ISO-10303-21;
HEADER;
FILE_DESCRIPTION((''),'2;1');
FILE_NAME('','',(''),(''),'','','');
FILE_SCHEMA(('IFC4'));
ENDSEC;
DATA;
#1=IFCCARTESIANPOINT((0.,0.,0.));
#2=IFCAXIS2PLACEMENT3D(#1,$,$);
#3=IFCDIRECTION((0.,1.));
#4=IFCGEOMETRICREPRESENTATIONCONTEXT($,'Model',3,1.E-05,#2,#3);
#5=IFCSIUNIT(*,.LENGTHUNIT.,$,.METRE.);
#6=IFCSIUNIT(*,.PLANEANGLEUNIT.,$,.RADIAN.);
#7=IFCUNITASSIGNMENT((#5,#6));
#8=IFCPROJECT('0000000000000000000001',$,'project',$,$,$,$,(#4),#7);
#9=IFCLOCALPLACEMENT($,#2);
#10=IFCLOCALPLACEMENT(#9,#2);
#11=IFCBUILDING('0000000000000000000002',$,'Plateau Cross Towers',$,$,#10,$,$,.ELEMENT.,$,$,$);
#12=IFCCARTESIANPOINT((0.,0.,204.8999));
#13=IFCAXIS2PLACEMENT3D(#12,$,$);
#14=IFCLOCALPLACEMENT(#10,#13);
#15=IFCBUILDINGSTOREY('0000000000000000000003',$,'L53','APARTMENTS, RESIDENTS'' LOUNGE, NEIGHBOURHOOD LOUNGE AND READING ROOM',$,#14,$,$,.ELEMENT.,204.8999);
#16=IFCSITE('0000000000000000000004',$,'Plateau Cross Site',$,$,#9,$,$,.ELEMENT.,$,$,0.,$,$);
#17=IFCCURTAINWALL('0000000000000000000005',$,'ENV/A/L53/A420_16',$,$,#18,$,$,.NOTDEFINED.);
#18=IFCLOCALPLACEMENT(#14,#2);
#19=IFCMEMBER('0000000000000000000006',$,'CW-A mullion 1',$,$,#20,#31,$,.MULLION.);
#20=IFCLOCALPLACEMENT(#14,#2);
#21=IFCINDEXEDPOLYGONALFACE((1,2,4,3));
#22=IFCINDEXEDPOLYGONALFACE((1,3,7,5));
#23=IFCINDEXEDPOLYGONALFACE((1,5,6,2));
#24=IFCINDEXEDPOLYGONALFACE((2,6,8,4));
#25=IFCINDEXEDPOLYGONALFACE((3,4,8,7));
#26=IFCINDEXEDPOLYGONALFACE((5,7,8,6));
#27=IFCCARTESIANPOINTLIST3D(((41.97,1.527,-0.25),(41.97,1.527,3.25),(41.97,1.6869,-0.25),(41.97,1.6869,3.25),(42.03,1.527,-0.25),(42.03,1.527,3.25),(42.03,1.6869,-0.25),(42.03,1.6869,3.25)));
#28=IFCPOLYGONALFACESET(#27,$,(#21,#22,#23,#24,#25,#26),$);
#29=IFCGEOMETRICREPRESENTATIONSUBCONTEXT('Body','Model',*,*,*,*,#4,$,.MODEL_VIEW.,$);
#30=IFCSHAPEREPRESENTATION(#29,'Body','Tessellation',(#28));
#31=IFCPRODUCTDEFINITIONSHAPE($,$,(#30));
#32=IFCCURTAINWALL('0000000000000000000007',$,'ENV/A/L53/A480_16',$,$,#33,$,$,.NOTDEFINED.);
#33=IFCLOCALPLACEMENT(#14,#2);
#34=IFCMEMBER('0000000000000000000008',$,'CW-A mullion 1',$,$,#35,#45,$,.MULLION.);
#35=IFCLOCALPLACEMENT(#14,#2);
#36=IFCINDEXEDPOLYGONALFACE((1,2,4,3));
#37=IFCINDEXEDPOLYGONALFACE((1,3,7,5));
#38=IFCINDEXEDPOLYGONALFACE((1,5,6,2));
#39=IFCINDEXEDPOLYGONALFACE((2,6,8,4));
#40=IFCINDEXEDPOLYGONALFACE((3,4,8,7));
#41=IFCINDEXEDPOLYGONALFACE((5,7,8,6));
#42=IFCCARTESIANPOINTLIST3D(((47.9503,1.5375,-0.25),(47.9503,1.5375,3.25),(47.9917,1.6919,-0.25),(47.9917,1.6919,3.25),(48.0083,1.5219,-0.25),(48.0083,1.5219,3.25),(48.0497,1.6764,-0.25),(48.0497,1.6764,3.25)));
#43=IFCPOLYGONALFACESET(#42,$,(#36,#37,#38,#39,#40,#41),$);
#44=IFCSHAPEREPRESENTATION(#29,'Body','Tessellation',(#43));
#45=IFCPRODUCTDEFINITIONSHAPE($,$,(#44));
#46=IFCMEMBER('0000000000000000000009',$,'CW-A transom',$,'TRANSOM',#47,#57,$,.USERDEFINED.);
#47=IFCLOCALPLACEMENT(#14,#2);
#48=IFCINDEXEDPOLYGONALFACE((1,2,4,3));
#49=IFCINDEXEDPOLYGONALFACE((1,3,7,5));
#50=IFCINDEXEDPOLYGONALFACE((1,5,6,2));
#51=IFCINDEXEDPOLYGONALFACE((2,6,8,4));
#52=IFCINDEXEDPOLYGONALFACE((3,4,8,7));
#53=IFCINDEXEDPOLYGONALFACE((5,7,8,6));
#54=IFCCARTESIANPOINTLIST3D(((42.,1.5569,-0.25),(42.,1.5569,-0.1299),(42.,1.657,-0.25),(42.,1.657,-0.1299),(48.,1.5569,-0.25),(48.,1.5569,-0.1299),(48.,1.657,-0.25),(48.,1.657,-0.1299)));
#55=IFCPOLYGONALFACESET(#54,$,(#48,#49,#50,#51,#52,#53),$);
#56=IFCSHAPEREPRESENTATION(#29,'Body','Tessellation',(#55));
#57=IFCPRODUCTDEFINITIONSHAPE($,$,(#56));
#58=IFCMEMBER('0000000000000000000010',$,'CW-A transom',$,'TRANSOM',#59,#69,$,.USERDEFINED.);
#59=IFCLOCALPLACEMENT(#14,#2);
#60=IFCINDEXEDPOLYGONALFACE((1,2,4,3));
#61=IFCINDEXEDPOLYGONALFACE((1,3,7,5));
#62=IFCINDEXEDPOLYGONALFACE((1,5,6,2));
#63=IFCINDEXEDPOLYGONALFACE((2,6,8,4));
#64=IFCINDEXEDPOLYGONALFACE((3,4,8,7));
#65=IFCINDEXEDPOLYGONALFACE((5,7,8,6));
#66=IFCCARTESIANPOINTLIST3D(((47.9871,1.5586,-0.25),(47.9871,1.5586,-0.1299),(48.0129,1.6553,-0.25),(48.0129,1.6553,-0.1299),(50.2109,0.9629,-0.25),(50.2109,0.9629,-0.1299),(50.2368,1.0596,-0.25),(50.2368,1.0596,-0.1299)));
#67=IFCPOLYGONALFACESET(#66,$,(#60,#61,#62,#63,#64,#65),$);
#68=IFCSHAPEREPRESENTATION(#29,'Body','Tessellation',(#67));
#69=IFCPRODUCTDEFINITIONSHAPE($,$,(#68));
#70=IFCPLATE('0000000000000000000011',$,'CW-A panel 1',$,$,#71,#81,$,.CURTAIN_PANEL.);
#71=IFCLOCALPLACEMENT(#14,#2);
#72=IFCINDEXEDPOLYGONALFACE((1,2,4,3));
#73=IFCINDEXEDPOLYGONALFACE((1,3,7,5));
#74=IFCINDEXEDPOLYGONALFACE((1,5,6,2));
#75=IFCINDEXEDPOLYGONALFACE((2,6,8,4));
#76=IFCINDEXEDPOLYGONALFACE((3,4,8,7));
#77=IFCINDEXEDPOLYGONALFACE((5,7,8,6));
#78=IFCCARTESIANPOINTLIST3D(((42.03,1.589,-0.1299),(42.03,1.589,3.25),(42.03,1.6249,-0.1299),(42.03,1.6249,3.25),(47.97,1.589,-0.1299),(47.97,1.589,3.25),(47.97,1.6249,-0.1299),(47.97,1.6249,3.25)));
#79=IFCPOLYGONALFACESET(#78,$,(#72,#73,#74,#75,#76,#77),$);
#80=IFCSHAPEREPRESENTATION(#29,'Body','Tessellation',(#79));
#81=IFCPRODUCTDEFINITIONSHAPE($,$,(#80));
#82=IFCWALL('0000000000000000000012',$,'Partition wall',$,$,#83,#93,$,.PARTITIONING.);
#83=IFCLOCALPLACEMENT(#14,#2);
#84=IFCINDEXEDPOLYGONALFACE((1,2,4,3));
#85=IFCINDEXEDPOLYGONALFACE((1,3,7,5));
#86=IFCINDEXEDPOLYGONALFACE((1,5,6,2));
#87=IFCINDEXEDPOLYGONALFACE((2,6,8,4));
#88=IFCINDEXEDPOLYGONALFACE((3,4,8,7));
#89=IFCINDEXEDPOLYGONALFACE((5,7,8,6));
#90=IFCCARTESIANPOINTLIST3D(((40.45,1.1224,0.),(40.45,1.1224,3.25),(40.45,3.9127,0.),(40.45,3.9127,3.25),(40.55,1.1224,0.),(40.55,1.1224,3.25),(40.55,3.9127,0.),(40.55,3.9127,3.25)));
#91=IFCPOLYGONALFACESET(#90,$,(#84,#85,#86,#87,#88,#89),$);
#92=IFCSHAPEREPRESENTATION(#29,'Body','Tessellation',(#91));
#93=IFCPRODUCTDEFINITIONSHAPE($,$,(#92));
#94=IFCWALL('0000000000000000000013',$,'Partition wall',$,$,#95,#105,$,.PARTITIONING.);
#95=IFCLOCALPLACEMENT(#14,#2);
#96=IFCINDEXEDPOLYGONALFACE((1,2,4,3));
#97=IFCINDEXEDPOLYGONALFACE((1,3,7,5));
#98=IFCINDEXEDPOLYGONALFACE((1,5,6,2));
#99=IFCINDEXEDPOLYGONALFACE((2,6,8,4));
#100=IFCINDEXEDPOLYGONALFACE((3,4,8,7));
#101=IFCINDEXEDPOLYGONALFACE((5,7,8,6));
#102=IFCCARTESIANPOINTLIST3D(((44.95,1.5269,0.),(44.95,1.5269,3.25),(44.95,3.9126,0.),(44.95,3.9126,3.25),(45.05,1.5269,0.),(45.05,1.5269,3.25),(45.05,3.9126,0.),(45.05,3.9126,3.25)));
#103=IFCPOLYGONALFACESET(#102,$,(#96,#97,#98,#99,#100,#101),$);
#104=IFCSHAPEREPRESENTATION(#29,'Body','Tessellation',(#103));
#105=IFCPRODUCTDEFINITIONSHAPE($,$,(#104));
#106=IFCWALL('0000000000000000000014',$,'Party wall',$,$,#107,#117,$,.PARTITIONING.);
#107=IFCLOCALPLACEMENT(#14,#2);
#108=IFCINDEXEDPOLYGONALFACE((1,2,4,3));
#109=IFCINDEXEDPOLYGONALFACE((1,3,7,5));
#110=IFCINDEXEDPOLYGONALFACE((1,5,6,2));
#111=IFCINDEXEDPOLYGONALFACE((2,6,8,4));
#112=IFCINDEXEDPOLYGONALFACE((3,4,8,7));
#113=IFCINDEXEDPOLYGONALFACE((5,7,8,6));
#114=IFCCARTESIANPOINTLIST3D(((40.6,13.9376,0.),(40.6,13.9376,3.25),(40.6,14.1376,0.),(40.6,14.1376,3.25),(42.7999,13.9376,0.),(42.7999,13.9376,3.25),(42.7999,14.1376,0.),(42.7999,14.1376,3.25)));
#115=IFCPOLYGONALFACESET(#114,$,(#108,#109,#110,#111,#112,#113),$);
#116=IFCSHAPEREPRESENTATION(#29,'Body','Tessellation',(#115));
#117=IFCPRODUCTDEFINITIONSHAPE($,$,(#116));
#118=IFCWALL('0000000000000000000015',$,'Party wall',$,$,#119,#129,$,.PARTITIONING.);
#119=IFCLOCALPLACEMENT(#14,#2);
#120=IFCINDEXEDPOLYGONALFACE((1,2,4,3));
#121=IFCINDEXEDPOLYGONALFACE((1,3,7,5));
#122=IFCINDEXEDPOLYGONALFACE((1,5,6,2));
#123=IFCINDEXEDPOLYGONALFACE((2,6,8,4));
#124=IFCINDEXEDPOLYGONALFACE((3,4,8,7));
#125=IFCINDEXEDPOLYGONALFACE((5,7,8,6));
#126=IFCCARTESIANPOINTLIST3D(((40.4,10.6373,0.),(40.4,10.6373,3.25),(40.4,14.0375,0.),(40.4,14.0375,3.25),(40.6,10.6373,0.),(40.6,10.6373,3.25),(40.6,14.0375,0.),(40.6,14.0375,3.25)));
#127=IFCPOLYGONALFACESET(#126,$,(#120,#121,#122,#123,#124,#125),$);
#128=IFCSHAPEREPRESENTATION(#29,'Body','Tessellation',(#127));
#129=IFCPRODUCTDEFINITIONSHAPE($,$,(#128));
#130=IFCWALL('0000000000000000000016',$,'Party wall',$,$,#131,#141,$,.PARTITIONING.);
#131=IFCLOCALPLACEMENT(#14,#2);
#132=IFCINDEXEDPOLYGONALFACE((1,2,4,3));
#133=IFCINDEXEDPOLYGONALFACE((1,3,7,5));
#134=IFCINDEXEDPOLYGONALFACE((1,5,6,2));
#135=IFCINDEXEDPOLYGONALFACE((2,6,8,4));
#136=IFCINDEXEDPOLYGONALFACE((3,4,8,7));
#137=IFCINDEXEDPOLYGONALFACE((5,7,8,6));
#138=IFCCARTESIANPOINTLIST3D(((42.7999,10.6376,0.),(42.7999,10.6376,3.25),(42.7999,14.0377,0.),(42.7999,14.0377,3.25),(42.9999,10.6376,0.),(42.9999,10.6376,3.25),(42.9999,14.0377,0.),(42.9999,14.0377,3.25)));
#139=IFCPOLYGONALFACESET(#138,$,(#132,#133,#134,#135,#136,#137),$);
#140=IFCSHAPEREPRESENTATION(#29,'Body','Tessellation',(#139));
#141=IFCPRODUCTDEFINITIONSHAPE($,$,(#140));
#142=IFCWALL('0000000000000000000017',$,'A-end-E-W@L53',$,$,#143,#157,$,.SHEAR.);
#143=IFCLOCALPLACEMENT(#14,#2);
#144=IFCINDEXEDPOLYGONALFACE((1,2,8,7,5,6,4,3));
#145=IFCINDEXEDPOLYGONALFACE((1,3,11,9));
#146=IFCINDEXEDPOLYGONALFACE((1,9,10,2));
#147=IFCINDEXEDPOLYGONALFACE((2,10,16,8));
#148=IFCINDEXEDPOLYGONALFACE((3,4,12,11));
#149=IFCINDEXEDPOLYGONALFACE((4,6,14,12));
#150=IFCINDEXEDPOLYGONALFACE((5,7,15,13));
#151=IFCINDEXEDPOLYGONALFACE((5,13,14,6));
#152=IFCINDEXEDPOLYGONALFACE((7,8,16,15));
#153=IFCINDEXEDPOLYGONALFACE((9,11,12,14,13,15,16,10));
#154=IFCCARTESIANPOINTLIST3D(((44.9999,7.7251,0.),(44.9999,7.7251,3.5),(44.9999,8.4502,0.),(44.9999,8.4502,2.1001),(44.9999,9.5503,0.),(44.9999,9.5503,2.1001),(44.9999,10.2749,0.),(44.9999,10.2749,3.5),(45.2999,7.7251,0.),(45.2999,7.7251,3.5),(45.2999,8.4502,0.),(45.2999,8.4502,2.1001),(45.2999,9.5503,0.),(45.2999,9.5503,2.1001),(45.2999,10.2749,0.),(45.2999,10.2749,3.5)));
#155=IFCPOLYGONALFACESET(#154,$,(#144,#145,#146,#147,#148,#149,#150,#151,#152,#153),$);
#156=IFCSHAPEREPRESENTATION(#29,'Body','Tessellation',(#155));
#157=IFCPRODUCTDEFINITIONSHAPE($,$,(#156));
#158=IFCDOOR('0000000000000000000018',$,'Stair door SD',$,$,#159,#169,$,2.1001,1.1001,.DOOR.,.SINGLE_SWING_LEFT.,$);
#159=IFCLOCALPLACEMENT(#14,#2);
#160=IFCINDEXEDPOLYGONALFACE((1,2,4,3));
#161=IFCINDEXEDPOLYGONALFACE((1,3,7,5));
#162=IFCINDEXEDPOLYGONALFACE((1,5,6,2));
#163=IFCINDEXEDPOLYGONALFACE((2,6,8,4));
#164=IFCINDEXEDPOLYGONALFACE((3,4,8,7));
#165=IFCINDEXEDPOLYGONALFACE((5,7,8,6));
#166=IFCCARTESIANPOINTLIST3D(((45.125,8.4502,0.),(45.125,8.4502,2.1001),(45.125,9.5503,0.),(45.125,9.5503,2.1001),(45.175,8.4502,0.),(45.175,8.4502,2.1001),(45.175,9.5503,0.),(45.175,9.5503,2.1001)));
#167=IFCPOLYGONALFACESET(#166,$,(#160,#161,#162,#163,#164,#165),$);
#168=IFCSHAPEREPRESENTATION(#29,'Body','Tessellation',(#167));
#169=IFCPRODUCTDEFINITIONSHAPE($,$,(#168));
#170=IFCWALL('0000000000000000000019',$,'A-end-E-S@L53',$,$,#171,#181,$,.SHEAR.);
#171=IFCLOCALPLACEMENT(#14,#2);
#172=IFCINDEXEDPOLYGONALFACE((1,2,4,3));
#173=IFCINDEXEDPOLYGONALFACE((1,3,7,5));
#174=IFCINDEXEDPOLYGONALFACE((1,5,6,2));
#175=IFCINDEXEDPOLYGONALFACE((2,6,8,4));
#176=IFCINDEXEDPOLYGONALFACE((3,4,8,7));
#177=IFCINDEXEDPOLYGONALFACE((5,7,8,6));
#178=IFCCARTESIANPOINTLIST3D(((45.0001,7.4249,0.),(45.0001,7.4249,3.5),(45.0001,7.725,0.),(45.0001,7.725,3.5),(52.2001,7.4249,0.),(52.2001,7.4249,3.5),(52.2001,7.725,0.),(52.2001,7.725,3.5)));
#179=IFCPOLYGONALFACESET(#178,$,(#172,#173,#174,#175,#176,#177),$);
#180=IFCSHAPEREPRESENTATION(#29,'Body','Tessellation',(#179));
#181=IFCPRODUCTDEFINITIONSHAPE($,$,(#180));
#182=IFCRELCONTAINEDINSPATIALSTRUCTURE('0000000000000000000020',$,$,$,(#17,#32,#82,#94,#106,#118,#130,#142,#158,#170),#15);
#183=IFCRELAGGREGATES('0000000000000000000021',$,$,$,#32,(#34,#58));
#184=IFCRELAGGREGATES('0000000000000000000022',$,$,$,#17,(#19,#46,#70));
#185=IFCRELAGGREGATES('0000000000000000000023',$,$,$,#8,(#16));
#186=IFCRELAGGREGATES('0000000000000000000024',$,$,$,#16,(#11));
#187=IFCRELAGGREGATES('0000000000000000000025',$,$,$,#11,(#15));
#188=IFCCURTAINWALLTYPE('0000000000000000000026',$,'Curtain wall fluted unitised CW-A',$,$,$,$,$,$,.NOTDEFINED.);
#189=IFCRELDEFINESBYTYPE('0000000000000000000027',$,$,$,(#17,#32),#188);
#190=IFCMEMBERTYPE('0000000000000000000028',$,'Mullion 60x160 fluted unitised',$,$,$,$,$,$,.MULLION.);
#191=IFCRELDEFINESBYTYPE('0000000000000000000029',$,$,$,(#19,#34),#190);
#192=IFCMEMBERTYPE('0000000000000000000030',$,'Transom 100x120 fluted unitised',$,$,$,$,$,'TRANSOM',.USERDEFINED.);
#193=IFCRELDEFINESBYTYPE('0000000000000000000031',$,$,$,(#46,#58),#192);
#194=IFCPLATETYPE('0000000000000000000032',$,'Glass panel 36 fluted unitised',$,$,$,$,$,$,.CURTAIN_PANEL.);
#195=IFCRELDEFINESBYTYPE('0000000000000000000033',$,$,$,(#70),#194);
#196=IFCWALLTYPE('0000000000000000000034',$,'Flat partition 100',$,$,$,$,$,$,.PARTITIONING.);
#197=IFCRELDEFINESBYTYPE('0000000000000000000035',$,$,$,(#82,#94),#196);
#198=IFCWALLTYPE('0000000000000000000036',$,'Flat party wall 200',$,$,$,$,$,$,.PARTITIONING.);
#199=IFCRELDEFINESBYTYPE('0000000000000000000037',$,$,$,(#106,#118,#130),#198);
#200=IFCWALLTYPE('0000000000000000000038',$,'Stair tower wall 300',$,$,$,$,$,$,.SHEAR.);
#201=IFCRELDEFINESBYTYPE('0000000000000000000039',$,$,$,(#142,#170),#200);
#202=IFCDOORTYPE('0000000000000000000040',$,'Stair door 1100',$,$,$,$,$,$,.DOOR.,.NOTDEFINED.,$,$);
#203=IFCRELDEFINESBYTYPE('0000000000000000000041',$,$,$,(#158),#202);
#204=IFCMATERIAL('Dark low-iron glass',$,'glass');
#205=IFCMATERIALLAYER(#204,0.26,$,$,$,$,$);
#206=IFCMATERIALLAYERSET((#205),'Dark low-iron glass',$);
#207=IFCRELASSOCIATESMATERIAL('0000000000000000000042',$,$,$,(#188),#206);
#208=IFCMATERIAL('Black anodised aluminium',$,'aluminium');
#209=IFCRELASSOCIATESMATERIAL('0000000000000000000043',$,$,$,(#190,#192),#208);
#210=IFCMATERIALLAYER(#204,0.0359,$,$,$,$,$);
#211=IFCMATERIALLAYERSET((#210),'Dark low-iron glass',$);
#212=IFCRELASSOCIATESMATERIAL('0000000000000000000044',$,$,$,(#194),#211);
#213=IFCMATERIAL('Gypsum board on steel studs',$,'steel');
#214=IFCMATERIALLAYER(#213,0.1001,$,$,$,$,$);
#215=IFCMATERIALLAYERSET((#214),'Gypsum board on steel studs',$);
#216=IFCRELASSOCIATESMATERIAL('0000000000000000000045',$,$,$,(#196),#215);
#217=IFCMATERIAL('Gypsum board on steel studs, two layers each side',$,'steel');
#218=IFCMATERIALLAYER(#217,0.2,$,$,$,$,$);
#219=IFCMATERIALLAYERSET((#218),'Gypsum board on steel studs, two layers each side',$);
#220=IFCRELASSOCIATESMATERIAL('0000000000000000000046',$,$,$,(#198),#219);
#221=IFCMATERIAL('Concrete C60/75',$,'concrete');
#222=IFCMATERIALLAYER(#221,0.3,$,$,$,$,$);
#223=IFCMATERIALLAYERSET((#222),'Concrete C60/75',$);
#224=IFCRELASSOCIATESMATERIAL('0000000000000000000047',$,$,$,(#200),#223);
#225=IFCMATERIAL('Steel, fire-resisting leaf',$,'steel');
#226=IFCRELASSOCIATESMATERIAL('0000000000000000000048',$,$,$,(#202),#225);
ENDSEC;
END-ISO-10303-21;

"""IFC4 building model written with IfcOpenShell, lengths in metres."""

from ifc_helpers import new_model, si_unit, direction, frame, frame_2d, origin, origin_2d, place, context, subcontext, project, spatial, rectangle, extrude, material, layer, layer_set, material_profile, profile_set, type_object, element, fill, aggregate, save


model = new_model("IFC4")

# Units and contexts
model_context = context("Model", 3, precision=1e-05, world=origin(), true_north=direction((0.0, 1.0)))
body_context = subcontext(model_context, "Body", "Model", "MODEL_VIEW")
ifc_project = project(units=[si_unit("LENGTHUNIT", "METRE"), si_unit("PLANEANGLEUNIT", "RADIAN")], contexts=[model_context])

# Site, building, storey
site_placement = place(None, origin())
site = spatial("IfcSite", under=ifc_project, at=site_placement, Name="Plateau Cross Site", CompositionType="ELEMENT", RefElevation=0.0)
building_placement = place(site_placement, origin())
building = spatial("IfcBuilding", under=site, at=building_placement, Name="Plateau Cross Towers", CompositionType="ELEMENT")
storey_placement = place(building_placement, frame((0.0, 0.0, 204.8999)))
storey = spatial("IfcBuildingStorey", under=building, at=storey_placement, Name="L53", Description="APARTMENTS, RESIDENTS' LOUNGE, NEIGHBOURHOOD LOUNGE AND READING ROOM", CompositionType="ELEMENT", Elevation=204.8999)

# Curtain walls, members
ifc_material_1 = material(Name="Dark low-iron glass", Category="glass")
ifc_layer_1 = layer(ifc_material_1, 0.26)
ifc_layer_set_1 = layer_set([ifc_layer_1], Name="Dark low-iron glass")
curtain_wall_type = type_object("IfcCurtainWallType", Name="Curtain wall fluted unitised CW-A", PredefinedType="NOTDEFINED", material=ifc_layer_set_1)
curtain_wall_1_placement = place(storey_placement, origin())
curtain_wall_1 = element("IfcCurtainWall", 1, at=curtain_wall_1_placement, inside=storey, type_object=curtain_wall_type, Name="ENV/A/L53/A420_16", PredefinedType="NOTDEFINED")
ifc_material_2 = material(Name="Black anodised aluminium", Category="aluminium")
ifc_material_profile_1 = material_profile(ifc_material_2, rectangle(XDim=0.0601, YDim=0.1599, at=origin_2d()), Name="MULLION 60x160")
ifc_profile_set_1 = profile_set([ifc_material_profile_1], Name="Black anodised aluminium")
member_type_1 = type_object("IfcMemberType", Name="Mullion 60x160 fluted unitised", PredefinedType="MULLION", material=ifc_profile_set_1)
member_1_placement = place(storey_placement, frame((42.0, 1.6069, -0.25), z_axis=(0.0, 0.0, 1.0), x_axis=(1.0, 0.0, 0.0)))
member_1 = element("IfcMember", 2, at=member_1_placement, type_object=member_type_1, Name="CW-A mullion 1", PredefinedType="MULLION", context=body_context, shape_type="SweptSolid", body=[
    extrude(rectangle(XDim=0.0601, YDim=0.1599, at=origin_2d()), origin(), (0.0, 0.0, 1.0), 3.5),
])
curtain_wall_2_placement = place(storey_placement, origin())
curtain_wall_2 = element("IfcCurtainWall", 3, at=curtain_wall_2_placement, inside=storey, type_object=curtain_wall_type, Name="ENV/A/L53/A480_16", PredefinedType="NOTDEFINED")
member_2_placement = place(storey_placement, frame((48.0, 1.6069, -0.25), z_axis=(0.0, 0.0, 1.0), x_axis=(0.965958, -0.258699, 0.0)))
member_2 = element("IfcMember", 4, at=member_2_placement, type_object=member_type_1, Name="CW-A mullion 1", PredefinedType="MULLION", context=body_context, shape_type="SweptSolid", body=[
    extrude(rectangle(XDim=0.0601, YDim=0.1599, at=origin_2d()), origin(), (0.0, 0.0, 1.0), 3.5),
])

# Members
ifc_material_profile_2 = material_profile(ifc_material_2, rectangle(XDim=0.1001, YDim=0.1201, at=origin_2d()), Name="TRANSOM 100x120")
ifc_profile_set_2 = profile_set([ifc_material_profile_2], Name="Black anodised aluminium")
member_type_2 = type_object("IfcMemberType", Name="Transom 100x120 fluted unitised", ElementType="TRANSOM", PredefinedType="USERDEFINED", material=ifc_profile_set_2)
member_3_placement = place(storey_placement, frame((42.0, 1.6069, -0.1899), z_axis=(1.0, 0.0, 0.0), x_axis=(0.0, 1.0, 0.0)))
member_3 = element("IfcMember", 5, at=member_3_placement, type_object=member_type_2, Name="CW-A transom", ObjectType="TRANSOM", PredefinedType="USERDEFINED", context=body_context, shape_type="SweptSolid", body=[
    extrude(rectangle(XDim=0.1001, YDim=0.1201, at=origin_2d()), origin(), (0.0, 0.0, 1.0), 6.0),
])
member_4_placement = place(storey_placement, frame((48.0, 1.6069, -0.1899), z_axis=(0.965946, -0.258745, 0.0), x_axis=(0.258745, 0.965946, 0.0)))
member_4 = element("IfcMember", 6, at=member_4_placement, type_object=member_type_2, Name="CW-A transom", ObjectType="TRANSOM", PredefinedType="USERDEFINED", context=body_context, shape_type="SweptSolid", body=[
    extrude(rectangle(XDim=0.1001, YDim=0.1201, at=origin_2d()), origin(), (0.0, 0.0, 1.0), 2.3022),
])
aggregate(curtain_wall_2, [member_2, member_4])

# Plate
ifc_layer_2 = layer(ifc_material_1, 0.0359)
ifc_layer_set_2 = layer_set([ifc_layer_2], Name="Dark low-iron glass")
plate_type = type_object("IfcPlateType", Name="Glass panel 36 fluted unitised", PredefinedType="CURTAIN_PANEL", material=ifc_layer_set_2)
plate_placement = place(storey_placement, frame((45.0, 1.6069, -0.1299), z_axis=(0.0, 0.0, 1.0), x_axis=(1.0, 0.0, 0.0)))
plate = element("IfcPlate", 7, at=plate_placement, type_object=plate_type, Name="CW-A panel 1", PredefinedType="CURTAIN_PANEL", context=body_context, shape_type="SweptSolid", body=[
    extrude(rectangle(XDim=5.9399, YDim=0.0359, at=origin_2d()), origin(), (0.0, 0.0, 1.0), 3.3799),
])
aggregate(curtain_wall_1, [member_1, member_3, plate])

# Walls
ifc_material_3 = material(Name="Gypsum board on steel studs", Category="steel")
ifc_layer_3 = layer(ifc_material_3, 0.1001)
ifc_layer_set_3 = layer_set([ifc_layer_3], Name="Gypsum board on steel studs")
wall_type_1 = type_object("IfcWallType", Name="Flat partition 100", PredefinedType="PARTITIONING", material=ifc_layer_set_3)
wall_1_placement = place(storey_placement, frame((40.5, 3.9126, 0.0), z_axis=(0.0, 0.0, 1.0), x_axis=(0.0, -1.0, 0.0)))
element("IfcWall", 8, at=wall_1_placement, inside=storey, type_object=wall_type_1, Name="Partition wall", PredefinedType="PARTITIONING", context=body_context, shape_type="SweptSolid", body=[
    extrude(rectangle(XDim=2.7903, YDim=0.1001, at=frame_2d((1.395, 0.0))), origin(), (0.0, 0.0, 1.0), 3.25),
])
wall_2_placement = place(storey_placement, frame((45.0, 1.5269, 0.0), z_axis=(0.0, 0.0, 1.0), x_axis=(0.0, 1.0, 0.0)))
element("IfcWall", 9, at=wall_2_placement, inside=storey, type_object=wall_type_1, Name="Partition wall", PredefinedType="PARTITIONING", context=body_context, shape_type="SweptSolid", body=[
    extrude(rectangle(XDim=2.3857, YDim=0.1001, at=frame_2d((1.1929, 0.0))), origin(), (0.0, 0.0, 1.0), 3.25),
])
ifc_material_4 = material(Name="Gypsum board on steel studs, two layers each side", Category="steel")
ifc_layer_4 = layer(ifc_material_4, 0.2)
ifc_layer_set_4 = layer_set([ifc_layer_4], Name="Gypsum board on steel studs, two layers each side")
wall_type_2 = type_object("IfcWallType", Name="Flat party wall 200", PredefinedType="PARTITIONING", material=ifc_layer_set_4)
wall_3_placement = place(storey_placement, frame((42.8, 14.0376, 0.0), z_axis=(0.0, 0.0, 1.0), x_axis=(-1.0, 0.0, 0.0)))
element("IfcWall", 10, at=wall_3_placement, inside=storey, type_object=wall_type_2, Name="Party wall", PredefinedType="PARTITIONING", context=body_context, shape_type="SweptSolid", body=[
    extrude(rectangle(XDim=2.2, YDim=0.2, at=frame_2d((1.1001, 0.0))), origin(), (0.0, 0.0, 1.0), 3.25),
])
for number, where, z_axis, x_axis, name in (
    (11, (40.5, 14.0376, 0.0), (0.0, 0.0, 1.0), (0.0, -1.0, 0.0), "Party wall"),
    (12, (42.8999, 10.6375, 0.0), (0.0, 0.0, 1.0), (0.0, 1.0, 0.0), "Party wall"),
):
    element("IfcWall", number, at=place(storey_placement, frame(where, z_axis=z_axis, x_axis=x_axis)), inside=storey, type_object=wall_type_2, Name=name, PredefinedType="PARTITIONING", context=body_context, shape_type="SweptSolid", body=[
        extrude(rectangle(XDim=3.4001, YDim=0.2, at=frame_2d((1.7002, 0.0))), origin(), (0.0, 0.0, 1.0), 3.25),
    ])

# Wall, opening, door
ifc_material_5 = material(Name="Concrete C60/75", Category="concrete")
ifc_layer_5 = layer(ifc_material_5, 0.3)
ifc_layer_set_5 = layer_set([ifc_layer_5], Name="Concrete C60/75")
wall_type_3 = type_object("IfcWallType", Name="Stair tower wall 300", PredefinedType="SHEAR", material=ifc_layer_set_5)
wall_4_placement = place(storey_placement, frame((45.1499, 7.7251, 0.0), z_axis=(0.0, 0.0, 1.0), x_axis=(0.0, 1.0, 0.0)))
wall_4 = element("IfcWall", 13, at=wall_4_placement, inside=storey, type_object=wall_type_3, Name="A-end-E-W@L53", PredefinedType="SHEAR", context=body_context, shape_type="SweptSolid", body=[
    extrude(rectangle(XDim=2.5498, YDim=0.3, at=frame_2d((1.2749, 0.0))), origin(), (0.0, 0.0, 1.0), 3.5),
])
opening_placement = place(wall_4_placement, frame((0.7251, 0.0, 0.0)))
opening = element("IfcOpeningElement", 14, at=opening_placement, cuts=wall_4, PredefinedType="OPENING", context=body_context, shape_type="SweptSolid", body=[
    extrude(rectangle(XDim=1.1001, YDim=2.1001, at=frame_2d((0.55, 1.05))), frame((0.0, 0.1599, 0.0), z_axis=(0.0, -1.0, 0.0), x_axis=(1.0, 0.0, 0.0)), (0.0, 0.0, 1.0), 0.3201),
])
ifc_material_6 = material(Name="Steel, fire-resisting leaf", Category="steel")
door_type = type_object("IfcDoorType", Name="Stair door 1100", OperationType="NOTDEFINED", PredefinedType="DOOR", material=ifc_material_6)
door_placement = place(opening_placement, origin())
door = element("IfcDoor", 15, at=door_placement, inside=storey, type_object=door_type, Name="Stair door SD", OperationType="SINGLE_SWING_LEFT", OverallHeight=2.1001, OverallWidth=1.1001, PredefinedType="DOOR", context=body_context, shape_type="SweptSolid", body=[
    extrude(rectangle(XDim=1.1001, YDim=2.1001, at=frame_2d((0.55, 1.05))), frame((0.0, 0.0249, 0.0), z_axis=(0.0, -1.0, 0.0), x_axis=(1.0, 0.0, 0.0)), (0.0, 0.0, 1.0), 0.05),
])
fill(opening, door)

# Wall
for number, where, z_axis, x_axis, name in (
    (16, (45.0, 7.575, 0.0), (0.0, 0.0, 1.0), (1.0, 0.0, 0.0), "A-end-E-S@L53"),
):
    element("IfcWall", number, at=place(storey_placement, frame(where, z_axis=z_axis, x_axis=x_axis)), inside=storey, type_object=wall_type_3, Name=name, PredefinedType="SHEAR", context=body_context, shape_type="SweptSolid", body=[
        extrude(rectangle(XDim=7.2, YDim=0.3, at=frame_2d((3.6001, 0.0))), origin(), (0.0, 0.0, 1.0), 3.5),
    ])

save(model, "model.ifc")
